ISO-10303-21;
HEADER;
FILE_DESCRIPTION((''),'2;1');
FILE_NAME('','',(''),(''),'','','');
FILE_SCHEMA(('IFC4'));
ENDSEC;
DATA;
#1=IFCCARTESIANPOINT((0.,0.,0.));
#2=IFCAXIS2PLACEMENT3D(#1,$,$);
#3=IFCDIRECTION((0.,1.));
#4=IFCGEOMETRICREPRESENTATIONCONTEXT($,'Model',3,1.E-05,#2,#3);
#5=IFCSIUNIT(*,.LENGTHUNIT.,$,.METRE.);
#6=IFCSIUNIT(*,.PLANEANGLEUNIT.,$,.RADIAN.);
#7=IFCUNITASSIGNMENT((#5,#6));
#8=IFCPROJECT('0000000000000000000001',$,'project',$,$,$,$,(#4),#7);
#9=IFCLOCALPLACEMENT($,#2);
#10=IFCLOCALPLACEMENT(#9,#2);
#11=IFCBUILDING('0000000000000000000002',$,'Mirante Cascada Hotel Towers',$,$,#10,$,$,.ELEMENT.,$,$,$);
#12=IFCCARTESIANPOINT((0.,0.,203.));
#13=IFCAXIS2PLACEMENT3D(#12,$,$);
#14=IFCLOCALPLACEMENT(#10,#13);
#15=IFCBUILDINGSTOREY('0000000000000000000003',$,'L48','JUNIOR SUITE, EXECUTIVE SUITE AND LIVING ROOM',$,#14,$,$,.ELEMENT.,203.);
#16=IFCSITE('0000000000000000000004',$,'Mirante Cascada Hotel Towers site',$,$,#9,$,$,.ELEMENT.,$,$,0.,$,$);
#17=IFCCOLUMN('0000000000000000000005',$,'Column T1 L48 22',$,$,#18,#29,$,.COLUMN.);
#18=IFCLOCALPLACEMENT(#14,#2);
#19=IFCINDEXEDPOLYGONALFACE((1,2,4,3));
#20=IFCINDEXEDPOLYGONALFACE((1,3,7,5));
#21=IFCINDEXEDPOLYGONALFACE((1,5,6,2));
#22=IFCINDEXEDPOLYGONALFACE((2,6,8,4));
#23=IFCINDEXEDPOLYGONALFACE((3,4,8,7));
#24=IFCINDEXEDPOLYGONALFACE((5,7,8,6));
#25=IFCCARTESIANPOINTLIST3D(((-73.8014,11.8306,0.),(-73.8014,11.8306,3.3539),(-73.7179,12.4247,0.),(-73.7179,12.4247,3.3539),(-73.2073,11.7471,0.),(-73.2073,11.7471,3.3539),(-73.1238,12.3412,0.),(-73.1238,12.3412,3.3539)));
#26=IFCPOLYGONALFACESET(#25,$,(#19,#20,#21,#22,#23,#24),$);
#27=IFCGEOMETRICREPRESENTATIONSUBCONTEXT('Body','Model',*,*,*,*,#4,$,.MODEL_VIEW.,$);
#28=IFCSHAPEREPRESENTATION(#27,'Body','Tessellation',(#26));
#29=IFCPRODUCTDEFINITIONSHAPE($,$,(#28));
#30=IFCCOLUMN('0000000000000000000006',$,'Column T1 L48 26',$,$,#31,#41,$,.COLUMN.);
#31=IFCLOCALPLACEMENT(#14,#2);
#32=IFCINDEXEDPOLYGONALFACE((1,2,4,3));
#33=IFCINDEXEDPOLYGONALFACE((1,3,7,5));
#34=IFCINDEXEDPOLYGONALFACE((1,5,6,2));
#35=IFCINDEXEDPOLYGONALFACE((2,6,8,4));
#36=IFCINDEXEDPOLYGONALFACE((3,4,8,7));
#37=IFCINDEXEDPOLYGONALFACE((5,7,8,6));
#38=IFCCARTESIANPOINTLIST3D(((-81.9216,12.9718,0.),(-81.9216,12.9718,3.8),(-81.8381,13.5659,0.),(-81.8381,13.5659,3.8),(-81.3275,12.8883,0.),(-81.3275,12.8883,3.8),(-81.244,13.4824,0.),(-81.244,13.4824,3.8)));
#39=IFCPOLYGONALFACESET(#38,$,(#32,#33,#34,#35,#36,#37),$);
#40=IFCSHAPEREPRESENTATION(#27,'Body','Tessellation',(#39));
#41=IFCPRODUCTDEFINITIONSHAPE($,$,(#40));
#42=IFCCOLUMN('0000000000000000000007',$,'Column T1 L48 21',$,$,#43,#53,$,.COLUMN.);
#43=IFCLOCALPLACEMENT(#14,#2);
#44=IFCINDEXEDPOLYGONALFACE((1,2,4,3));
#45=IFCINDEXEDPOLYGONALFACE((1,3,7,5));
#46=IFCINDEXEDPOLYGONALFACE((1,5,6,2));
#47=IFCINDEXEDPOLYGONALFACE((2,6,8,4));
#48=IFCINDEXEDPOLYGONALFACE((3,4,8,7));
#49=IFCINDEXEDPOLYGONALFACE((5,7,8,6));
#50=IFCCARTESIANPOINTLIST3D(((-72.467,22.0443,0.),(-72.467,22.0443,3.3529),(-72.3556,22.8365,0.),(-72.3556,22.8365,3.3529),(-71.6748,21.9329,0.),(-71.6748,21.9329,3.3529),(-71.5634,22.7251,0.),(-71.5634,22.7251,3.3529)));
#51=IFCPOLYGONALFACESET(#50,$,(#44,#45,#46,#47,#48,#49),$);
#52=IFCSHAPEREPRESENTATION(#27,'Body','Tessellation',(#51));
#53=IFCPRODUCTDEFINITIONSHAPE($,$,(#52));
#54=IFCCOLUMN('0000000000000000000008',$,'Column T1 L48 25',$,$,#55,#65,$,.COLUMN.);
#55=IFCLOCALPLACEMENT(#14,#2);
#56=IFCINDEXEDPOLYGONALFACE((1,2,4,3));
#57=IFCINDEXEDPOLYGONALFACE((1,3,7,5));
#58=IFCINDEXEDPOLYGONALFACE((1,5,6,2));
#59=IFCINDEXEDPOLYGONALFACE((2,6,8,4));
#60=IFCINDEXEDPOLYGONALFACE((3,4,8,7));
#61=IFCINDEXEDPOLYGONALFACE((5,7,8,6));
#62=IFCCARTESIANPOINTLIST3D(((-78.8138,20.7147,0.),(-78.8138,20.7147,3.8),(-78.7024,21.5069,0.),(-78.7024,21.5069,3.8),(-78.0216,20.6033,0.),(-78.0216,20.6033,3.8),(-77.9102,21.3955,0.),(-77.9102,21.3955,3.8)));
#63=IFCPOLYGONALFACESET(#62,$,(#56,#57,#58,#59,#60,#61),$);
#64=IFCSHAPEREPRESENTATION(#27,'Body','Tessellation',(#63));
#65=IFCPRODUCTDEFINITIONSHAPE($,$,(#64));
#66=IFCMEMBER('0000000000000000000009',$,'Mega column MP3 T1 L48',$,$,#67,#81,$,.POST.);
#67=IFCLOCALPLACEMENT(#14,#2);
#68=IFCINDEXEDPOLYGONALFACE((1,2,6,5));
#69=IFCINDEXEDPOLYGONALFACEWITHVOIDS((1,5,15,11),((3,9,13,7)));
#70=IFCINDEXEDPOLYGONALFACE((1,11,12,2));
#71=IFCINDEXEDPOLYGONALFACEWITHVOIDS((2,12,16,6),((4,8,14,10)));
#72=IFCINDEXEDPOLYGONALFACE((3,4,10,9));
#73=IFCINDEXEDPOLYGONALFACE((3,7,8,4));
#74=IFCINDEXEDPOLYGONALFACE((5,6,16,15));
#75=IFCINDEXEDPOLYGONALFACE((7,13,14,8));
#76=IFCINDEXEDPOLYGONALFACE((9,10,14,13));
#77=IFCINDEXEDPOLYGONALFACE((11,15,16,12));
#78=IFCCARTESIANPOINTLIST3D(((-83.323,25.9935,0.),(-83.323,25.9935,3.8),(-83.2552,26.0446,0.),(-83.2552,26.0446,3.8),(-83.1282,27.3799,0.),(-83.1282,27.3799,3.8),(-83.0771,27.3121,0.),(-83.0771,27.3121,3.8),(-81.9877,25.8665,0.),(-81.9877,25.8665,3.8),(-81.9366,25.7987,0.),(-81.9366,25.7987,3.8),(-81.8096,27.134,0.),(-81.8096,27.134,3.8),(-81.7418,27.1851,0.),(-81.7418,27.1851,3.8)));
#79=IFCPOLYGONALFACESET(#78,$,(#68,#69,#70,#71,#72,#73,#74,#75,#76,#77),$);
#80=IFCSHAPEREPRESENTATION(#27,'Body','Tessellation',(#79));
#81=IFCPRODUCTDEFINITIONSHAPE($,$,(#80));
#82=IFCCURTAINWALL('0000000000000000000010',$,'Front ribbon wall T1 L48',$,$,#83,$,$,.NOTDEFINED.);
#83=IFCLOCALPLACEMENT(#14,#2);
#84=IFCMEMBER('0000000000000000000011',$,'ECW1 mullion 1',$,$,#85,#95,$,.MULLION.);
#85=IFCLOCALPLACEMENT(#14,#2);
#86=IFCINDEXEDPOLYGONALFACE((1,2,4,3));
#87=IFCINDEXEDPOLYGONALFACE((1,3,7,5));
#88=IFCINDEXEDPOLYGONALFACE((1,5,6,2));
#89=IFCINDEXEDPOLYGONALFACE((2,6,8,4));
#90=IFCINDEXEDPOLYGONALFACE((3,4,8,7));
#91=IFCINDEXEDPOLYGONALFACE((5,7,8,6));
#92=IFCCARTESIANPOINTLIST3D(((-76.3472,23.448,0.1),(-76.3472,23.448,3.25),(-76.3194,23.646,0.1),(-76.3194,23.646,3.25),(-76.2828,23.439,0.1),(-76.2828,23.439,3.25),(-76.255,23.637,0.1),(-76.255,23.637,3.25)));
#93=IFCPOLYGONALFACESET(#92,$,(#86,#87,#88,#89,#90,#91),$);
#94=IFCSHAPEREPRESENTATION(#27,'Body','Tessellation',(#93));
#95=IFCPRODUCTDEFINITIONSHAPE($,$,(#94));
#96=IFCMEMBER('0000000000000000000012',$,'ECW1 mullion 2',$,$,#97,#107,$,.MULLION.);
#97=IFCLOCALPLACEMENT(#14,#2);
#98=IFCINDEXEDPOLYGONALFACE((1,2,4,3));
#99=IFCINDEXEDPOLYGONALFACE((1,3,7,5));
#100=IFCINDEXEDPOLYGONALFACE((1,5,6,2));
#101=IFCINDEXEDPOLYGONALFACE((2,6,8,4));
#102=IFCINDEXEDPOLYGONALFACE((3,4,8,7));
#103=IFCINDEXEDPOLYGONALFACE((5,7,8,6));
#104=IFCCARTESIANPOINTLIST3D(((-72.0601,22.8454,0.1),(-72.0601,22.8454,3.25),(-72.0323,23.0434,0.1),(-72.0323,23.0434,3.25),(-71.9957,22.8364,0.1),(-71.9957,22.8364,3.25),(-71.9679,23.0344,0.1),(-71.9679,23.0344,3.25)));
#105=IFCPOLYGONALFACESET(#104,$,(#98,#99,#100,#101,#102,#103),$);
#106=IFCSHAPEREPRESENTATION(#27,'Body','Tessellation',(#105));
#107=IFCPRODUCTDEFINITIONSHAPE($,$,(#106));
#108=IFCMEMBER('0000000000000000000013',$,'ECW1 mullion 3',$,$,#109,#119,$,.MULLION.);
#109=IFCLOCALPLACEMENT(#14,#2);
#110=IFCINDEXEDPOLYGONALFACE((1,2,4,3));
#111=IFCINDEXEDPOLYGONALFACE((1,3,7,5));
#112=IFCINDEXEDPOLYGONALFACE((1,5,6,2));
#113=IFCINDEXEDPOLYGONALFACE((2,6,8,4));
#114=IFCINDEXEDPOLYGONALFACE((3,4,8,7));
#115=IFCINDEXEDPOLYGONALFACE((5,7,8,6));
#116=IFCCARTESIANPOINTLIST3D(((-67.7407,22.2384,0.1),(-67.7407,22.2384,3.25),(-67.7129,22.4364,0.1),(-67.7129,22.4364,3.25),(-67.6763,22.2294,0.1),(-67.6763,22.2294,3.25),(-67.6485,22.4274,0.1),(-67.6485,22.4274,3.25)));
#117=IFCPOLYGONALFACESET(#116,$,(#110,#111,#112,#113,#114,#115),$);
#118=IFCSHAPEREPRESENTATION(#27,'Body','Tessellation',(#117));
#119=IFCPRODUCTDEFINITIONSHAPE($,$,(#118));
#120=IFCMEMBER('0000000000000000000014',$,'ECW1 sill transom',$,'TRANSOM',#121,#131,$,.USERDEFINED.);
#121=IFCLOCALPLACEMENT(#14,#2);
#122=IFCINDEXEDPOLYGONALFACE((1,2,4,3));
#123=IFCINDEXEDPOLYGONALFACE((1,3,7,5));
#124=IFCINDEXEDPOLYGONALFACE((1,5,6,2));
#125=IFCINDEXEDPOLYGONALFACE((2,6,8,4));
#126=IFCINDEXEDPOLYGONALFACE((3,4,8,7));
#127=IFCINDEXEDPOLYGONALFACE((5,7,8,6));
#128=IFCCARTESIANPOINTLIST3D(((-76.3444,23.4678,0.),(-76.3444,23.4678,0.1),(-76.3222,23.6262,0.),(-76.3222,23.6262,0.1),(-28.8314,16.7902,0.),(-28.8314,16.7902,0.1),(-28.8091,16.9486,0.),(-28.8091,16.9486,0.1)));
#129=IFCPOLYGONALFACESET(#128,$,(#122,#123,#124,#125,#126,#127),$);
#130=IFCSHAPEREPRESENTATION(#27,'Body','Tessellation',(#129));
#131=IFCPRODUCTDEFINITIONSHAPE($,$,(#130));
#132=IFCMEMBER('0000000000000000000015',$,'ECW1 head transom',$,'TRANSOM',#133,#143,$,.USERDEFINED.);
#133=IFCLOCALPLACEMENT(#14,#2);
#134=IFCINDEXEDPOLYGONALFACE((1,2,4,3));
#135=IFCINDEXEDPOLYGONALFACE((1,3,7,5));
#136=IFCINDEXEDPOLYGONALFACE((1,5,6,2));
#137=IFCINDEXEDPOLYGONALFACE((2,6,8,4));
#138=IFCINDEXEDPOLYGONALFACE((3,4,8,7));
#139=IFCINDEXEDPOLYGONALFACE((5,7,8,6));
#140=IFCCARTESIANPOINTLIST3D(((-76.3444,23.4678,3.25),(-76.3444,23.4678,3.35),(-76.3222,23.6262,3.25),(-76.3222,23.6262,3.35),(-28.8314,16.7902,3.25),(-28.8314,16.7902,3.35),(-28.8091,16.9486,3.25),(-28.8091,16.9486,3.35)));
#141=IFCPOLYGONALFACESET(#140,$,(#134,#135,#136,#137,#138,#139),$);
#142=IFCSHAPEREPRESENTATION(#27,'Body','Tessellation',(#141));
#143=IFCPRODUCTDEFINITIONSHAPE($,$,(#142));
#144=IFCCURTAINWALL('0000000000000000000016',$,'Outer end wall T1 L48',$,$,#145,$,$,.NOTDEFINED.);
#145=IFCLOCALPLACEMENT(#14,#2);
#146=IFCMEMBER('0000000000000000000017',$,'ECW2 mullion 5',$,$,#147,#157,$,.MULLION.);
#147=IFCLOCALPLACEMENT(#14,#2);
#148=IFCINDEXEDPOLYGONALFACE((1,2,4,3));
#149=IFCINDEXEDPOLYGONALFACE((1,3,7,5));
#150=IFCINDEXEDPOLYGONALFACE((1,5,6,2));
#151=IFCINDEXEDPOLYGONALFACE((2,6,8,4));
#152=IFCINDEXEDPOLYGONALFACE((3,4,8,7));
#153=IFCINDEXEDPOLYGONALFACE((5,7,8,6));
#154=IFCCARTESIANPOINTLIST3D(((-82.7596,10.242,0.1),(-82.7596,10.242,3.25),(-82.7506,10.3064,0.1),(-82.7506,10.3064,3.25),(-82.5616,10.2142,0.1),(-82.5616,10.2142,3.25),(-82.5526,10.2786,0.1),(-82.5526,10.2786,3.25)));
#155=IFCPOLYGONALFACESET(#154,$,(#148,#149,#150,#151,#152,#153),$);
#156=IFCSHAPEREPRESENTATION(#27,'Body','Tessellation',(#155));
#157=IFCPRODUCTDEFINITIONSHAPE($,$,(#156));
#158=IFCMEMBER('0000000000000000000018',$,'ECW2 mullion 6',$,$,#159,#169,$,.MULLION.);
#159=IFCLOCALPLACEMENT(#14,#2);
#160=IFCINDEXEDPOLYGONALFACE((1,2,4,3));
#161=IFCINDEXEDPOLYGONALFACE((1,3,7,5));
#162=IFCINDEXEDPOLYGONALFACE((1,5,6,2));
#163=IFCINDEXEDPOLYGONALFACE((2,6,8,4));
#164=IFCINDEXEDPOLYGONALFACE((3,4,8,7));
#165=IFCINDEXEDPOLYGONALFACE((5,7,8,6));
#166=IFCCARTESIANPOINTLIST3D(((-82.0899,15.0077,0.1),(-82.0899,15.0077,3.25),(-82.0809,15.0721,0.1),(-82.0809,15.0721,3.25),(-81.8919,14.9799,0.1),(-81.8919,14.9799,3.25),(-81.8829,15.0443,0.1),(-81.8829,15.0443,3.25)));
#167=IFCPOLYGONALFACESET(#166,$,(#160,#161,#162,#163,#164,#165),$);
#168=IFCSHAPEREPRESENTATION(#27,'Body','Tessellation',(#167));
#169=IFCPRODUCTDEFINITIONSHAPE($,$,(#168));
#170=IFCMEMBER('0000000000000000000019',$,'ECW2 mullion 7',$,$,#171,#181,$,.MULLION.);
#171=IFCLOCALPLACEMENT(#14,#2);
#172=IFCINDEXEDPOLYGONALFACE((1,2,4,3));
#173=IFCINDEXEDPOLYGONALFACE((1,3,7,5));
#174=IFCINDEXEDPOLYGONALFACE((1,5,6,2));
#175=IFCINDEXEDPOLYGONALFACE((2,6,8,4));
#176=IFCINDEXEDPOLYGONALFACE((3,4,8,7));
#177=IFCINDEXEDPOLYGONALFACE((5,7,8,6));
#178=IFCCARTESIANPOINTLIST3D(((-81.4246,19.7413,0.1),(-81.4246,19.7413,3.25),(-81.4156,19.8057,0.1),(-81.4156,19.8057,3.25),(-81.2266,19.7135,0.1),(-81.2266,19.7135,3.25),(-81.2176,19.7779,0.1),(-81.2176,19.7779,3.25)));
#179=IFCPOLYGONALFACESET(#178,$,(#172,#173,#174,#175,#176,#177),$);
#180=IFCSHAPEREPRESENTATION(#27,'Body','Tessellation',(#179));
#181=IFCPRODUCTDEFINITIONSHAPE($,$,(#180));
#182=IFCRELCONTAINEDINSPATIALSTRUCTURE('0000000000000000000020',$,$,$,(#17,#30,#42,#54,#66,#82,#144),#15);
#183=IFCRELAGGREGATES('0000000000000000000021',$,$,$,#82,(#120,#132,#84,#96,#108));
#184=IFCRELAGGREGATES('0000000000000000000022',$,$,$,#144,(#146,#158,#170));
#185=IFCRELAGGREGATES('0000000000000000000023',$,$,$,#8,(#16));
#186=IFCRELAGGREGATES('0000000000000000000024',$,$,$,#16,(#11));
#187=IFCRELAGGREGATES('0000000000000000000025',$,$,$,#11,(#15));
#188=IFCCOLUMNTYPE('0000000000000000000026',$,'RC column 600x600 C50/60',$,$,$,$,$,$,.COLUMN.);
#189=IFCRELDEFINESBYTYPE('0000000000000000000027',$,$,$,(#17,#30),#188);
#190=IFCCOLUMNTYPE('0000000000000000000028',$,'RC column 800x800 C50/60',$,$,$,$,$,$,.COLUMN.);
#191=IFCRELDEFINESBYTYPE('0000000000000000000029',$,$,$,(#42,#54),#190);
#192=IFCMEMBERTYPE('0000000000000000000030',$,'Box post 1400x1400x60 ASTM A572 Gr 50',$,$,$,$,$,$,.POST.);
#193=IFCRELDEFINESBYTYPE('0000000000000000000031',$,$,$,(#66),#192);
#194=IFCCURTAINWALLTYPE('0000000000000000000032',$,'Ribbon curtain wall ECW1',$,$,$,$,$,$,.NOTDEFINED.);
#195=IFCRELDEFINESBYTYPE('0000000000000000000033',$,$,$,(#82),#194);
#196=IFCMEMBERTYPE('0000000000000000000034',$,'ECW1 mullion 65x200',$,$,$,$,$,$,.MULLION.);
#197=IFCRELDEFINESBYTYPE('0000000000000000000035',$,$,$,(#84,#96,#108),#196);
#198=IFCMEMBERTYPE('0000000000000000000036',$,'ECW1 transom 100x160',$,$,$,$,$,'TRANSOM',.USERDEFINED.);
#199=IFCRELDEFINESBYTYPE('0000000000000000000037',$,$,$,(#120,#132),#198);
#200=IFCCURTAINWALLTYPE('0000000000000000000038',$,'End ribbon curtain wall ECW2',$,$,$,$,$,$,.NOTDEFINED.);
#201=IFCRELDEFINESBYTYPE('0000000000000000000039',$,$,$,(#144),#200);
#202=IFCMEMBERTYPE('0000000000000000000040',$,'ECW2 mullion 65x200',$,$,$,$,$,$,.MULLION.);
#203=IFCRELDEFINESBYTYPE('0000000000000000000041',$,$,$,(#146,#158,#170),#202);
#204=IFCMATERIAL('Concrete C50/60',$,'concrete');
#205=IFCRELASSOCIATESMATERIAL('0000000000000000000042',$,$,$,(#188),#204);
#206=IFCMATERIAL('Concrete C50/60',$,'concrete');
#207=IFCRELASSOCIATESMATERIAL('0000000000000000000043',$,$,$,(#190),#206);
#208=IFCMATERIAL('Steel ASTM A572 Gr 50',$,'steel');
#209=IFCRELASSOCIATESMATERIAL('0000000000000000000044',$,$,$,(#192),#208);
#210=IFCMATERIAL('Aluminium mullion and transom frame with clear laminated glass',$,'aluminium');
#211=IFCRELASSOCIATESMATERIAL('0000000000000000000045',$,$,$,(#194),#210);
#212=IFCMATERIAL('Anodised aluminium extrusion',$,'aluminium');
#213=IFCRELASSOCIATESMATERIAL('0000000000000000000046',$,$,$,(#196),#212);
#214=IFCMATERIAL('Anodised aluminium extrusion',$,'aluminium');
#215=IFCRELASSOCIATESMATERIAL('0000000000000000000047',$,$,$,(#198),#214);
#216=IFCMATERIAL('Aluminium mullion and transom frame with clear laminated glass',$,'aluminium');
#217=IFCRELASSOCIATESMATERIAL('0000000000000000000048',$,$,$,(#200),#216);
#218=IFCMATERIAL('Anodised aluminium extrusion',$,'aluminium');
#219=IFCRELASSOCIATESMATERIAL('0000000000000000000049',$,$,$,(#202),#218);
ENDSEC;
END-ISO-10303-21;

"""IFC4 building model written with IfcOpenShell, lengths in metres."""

from ifc_helpers import new_model, si_unit, direction, frame, origin, origin_2d, place, context, subcontext, project, spatial, rectangle, hollow_rectangle, extrude, material, material_profile, profile_set, type_object, element, aggregate, save


model = new_model("IFC4")

# Units and contexts
model_context = context("Model", 3, precision=1e-05, world=origin(), true_north=direction((0.0, 1.0)))
body_context = subcontext(model_context, "Body", "Model", "MODEL_VIEW")
ifc_project = project(units=[si_unit("LENGTHUNIT", "METRE"), si_unit("PLANEANGLEUNIT", "RADIAN")], contexts=[model_context])

# Site, building, storey
site_placement = place(None, origin())
site = spatial("IfcSite", under=ifc_project, at=site_placement, Name="Mirante Cascada Hotel Towers site", CompositionType="ELEMENT", RefElevation=0.0)
building_placement = place(site_placement, origin())
building = spatial("IfcBuilding", under=site, at=building_placement, Name="Mirante Cascada Hotel Towers", CompositionType="ELEMENT")
storey_placement = place(building_placement, frame((0.0, 0.0, 203.0)))
storey = spatial("IfcBuildingStorey", under=building, at=storey_placement, Name="L48", Description="JUNIOR SUITE, EXECUTIVE SUITE AND LIVING ROOM", CompositionType="ELEMENT", Elevation=203.0)

# Columns
ifc_material_1 = material(Name="Concrete C50/60", Category="concrete")
ifc_material_profile_1 = material_profile(ifc_material_1, rectangle(XDim=0.6, YDim=0.6, at=origin_2d()), Name="RC column 600x600 C50/60")
ifc_profile_set_1 = profile_set([ifc_material_profile_1], Name="Concrete C50/60")
column_type_1 = type_object("IfcColumnType", Name="RC column 600x600 C50/60", PredefinedType="COLUMN", material=ifc_profile_set_1)
column_1_placement = place(storey_placement, frame((-73.4626, 12.0859, 0.0), z_axis=(0.0, 0.0, 1.0), x_axis=(-0.990268, 0.139173, 0.0)))
element("IfcColumn", 1, at=column_1_placement, inside=storey, type_object=column_type_1, Name="Column T1 L48 22", PredefinedType="COLUMN", context=body_context, shape_type="SweptSolid", body=[
    extrude(rectangle(XDim=0.6, YDim=0.6, at=origin_2d()), origin(), (0.0, 0.0, 1.0), 3.3539),
])
column_2_placement = place(storey_placement, frame((-81.5828, 13.2271, 0.0), z_axis=(0.0, 0.0, 1.0), x_axis=(-0.990268, 0.139173, 0.0)))
element("IfcColumn", 2, at=column_2_placement, inside=storey, type_object=column_type_1, Name="Column T1 L48 26", PredefinedType="COLUMN", context=body_context, shape_type="SweptSolid", body=[
    extrude(rectangle(XDim=0.6, YDim=0.6, at=origin_2d()), origin(), (0.0, 0.0, 1.0), 3.8),
])
ifc_material_2 = material(Name="Concrete C50/60", Category="concrete")
ifc_material_profile_2 = material_profile(ifc_material_2, rectangle(XDim=0.8, YDim=0.8, at=origin_2d()), Name="RC column 800x800 C50/60")
ifc_profile_set_2 = profile_set([ifc_material_profile_2], Name="Concrete C50/60")
column_type_2 = type_object("IfcColumnType", Name="RC column 800x800 C50/60", PredefinedType="COLUMN", material=ifc_profile_set_2)
column_3_placement = place(storey_placement, frame((-72.0152, 22.3847, 0.0), z_axis=(0.0, 0.0, 1.0), x_axis=(-0.990268, 0.139173, 0.0)))
element("IfcColumn", 3, at=column_3_placement, inside=storey, type_object=column_type_2, Name="Column T1 L48 21", PredefinedType="COLUMN", context=body_context, shape_type="SweptSolid", body=[
    extrude(rectangle(XDim=0.8, YDim=0.8, at=origin_2d()), origin(), (0.0, 0.0, 1.0), 3.3529),
])
column_4_placement = place(storey_placement, frame((-78.362, 21.0551, 0.0), z_axis=(0.0, 0.0, 1.0), x_axis=(-0.990268, 0.139173, 0.0)))
element("IfcColumn", 4, at=column_4_placement, inside=storey, type_object=column_type_2, Name="Column T1 L48 25", PredefinedType="COLUMN", context=body_context, shape_type="SweptSolid", body=[
    extrude(rectangle(XDim=0.8, YDim=0.8, at=origin_2d()), origin(), (0.0, 0.0, 1.0), 3.8),
])

# Member
ifc_material_3 = material(Name="Steel ASTM A572 Gr 50", Category="steel")
ifc_material_profile_3 = material_profile(ifc_material_3, hollow_rectangle(XDim=1.4, YDim=1.4, WallThickness=0.06, at=origin_2d()), Name="Box post 1400x1400x60 ASTM A572 Gr 50")
ifc_profile_set_3 = profile_set([ifc_material_profile_3], Name="Steel ASTM A572 Gr 50")
member_type_1 = type_object("IfcMemberType", Name="Box post 1400x1400x60 ASTM A572 Gr 50", PredefinedType="POST", material=ifc_profile_set_3)
member_1_placement = place(storey_placement, frame((-82.5324, 26.5893, 0.0), z_axis=(0.0, 0.0, 1.0), x_axis=(-0.990268, 0.139173, 0.0)))
element("IfcMember", 5, at=member_1_placement, inside=storey, type_object=member_type_1, Name="Mega column MP3 T1 L48", PredefinedType="POST", context=body_context, shape_type="SweptSolid", body=[
    extrude(hollow_rectangle(XDim=1.4, YDim=1.4, WallThickness=0.06, at=origin_2d()), origin(), (0.0, 0.0, 1.0), 3.8),
])

# Curtain walls, members
ifc_material_4 = material(Name="Aluminium mullion and transom frame with clear laminated glass", Category="aluminium")
curtain_wall_type_1 = type_object("IfcCurtainWallType", Name="Ribbon curtain wall ECW1", PredefinedType="NOTDEFINED", material=ifc_material_4)
curtain_wall_1_placement = place(storey_placement, origin())
curtain_wall_1 = element("IfcCurtainWall", 6, at=curtain_wall_1_placement, inside=storey, type_object=curtain_wall_type_1, Name="Front ribbon wall T1 L48", PredefinedType="NOTDEFINED")
ifc_material_5 = material(Name="Anodised aluminium extrusion", Category="aluminium")
ifc_material_profile_4 = material_profile(ifc_material_5, rectangle(XDim=0.2, YDim=0.065, at=origin_2d()), Name="ECW1 MULLION 65x200")
ifc_profile_set_4 = profile_set([ifc_material_profile_4], Name="Anodised aluminium extrusion")
member_type_2 = type_object("IfcMemberType", Name="ECW1 mullion 65x200", PredefinedType="MULLION", material=ifc_profile_set_4)
member_2_placement = place(storey_placement, frame((-76.3011, 23.5425, 0.1), z_axis=(0.0, 0.0, 1.0), x_axis=(0.139173, 0.990268, 0.0)))
member_2 = element("IfcMember", 7, at=member_2_placement, type_object=member_type_2, Name="ECW1 mullion 1", PredefinedType="MULLION", context=body_context, shape_type="SweptSolid", body=[
    extrude(rectangle(XDim=0.2, YDim=0.065, at=origin_2d()), origin(), (0.0, 0.0, 1.0), 3.15),
])
member_3_placement = place(storey_placement, frame((-72.014, 22.9399, 0.1), z_axis=(0.0, 0.0, 1.0), x_axis=(0.139173, 0.990268, 0.0)))
member_3 = element("IfcMember", 8, at=member_3_placement, type_object=member_type_2, Name="ECW1 mullion 2", PredefinedType="MULLION", context=body_context, shape_type="SweptSolid", body=[
    extrude(rectangle(XDim=0.2, YDim=0.065, at=origin_2d()), origin(), (0.0, 0.0, 1.0), 3.15),
])
member_4_placement = place(storey_placement, frame((-67.6946, 22.3329, 0.1), z_axis=(0.0, 0.0, 1.0), x_axis=(0.139173, 0.990268, 0.0)))
member_4 = element("IfcMember", 9, at=member_4_placement, type_object=member_type_2, Name="ECW1 mullion 3", PredefinedType="MULLION", context=body_context, shape_type="SweptSolid", body=[
    extrude(rectangle(XDim=0.2, YDim=0.065, at=origin_2d()), origin(), (0.0, 0.0, 1.0), 3.15),
])
ifc_material_6 = material(Name="Anodised aluminium extrusion", Category="aluminium")
ifc_material_profile_5 = material_profile(ifc_material_6, rectangle(XDim=0.16, YDim=0.1, at=origin_2d()), Name="ECW1 TRANSOM 100x160")
ifc_profile_set_5 = profile_set([ifc_material_profile_5], Name="Anodised aluminium extrusion")
member_type_3 = type_object("IfcMemberType", Name="ECW1 transom 100x160", ElementType="TRANSOM", PredefinedType="USERDEFINED", material=ifc_profile_set_5)
member_5_placement = place(storey_placement, frame((-76.3333, 23.547, 0.05), z_axis=(0.990268, -0.139175, 0.0), x_axis=(0.139175, 0.990268, 0.0)))
member_5 = element("IfcMember", 10, at=member_5_placement, type_object=member_type_3, Name="ECW1 sill transom", ObjectType="TRANSOM", PredefinedType="USERDEFINED", context=body_context, shape_type="SweptSolid", body=[
    extrude(rectangle(XDim=0.16, YDim=0.1, at=origin_2d()), origin(), (0.0, 0.0, 1.0), 47.98),
])
member_6_placement = place(storey_placement, frame((-76.3333, 23.547, 3.3), z_axis=(0.990268, -0.139175, 0.0), x_axis=(0.139175, 0.990268, 0.0)))
member_6 = element("IfcMember", 11, at=member_6_placement, type_object=member_type_3, Name="ECW1 head transom", ObjectType="TRANSOM", PredefinedType="USERDEFINED", context=body_context, shape_type="SweptSolid", body=[
    extrude(rectangle(XDim=0.16, YDim=0.1, at=origin_2d()), origin(), (0.0, 0.0, 1.0), 47.98),
])
ifc_material_7 = material(Name="Aluminium mullion and transom frame with clear laminated glass", Category="aluminium")
curtain_wall_type_2 = type_object("IfcCurtainWallType", Name="End ribbon curtain wall ECW2", PredefinedType="NOTDEFINED", material=ifc_material_7)
curtain_wall_2_placement = place(storey_placement, origin())
curtain_wall_2 = element("IfcCurtainWall", 12, at=curtain_wall_2_placement, inside=storey, type_object=curtain_wall_type_2, Name="Outer end wall T1 L48", PredefinedType="NOTDEFINED")
ifc_material_8 = material(Name="Anodised aluminium extrusion", Category="aluminium")
ifc_material_profile_6 = material_profile(ifc_material_8, rectangle(XDim=0.2, YDim=0.065, at=origin_2d()), Name="ECW2 MULLION 65x200")
ifc_profile_set_6 = profile_set([ifc_material_profile_6], Name="Anodised aluminium extrusion")
member_type_4 = type_object("IfcMemberType", Name="ECW2 mullion 65x200", PredefinedType="MULLION", material=ifc_profile_set_6)
member_7_placement = place(storey_placement, frame((-82.6561, 10.2603, 0.1), z_axis=(0.0, 0.0, 1.0), x_axis=(-0.990268, 0.139173, 0.0)))
member_7 = element("IfcMember", 13, at=member_7_placement, type_object=member_type_4, Name="ECW2 mullion 5", PredefinedType="MULLION", context=body_context, shape_type="SweptSolid", body=[
    extrude(rectangle(XDim=0.2, YDim=0.065, at=origin_2d()), origin(), (0.0, 0.0, 1.0), 3.15),
])
member_8_placement = place(storey_placement, frame((-81.9864, 15.026, 0.1), z_axis=(0.0, 0.0, 1.0), x_axis=(-0.990268, 0.139173, 0.0)))
member_8 = element("IfcMember", 14, at=member_8_placement, type_object=member_type_4, Name="ECW2 mullion 6", PredefinedType="MULLION", context=body_context, shape_type="SweptSolid", body=[
    extrude(rectangle(XDim=0.2, YDim=0.065, at=origin_2d()), origin(), (0.0, 0.0, 1.0), 3.15),
])
member_9_placement = place(storey_placement, frame((-81.3211, 19.7596, 0.1), z_axis=(0.0, 0.0, 1.0), x_axis=(-0.990268, 0.139173, 0.0)))
member_9 = element("IfcMember", 15, at=member_9_placement, type_object=member_type_4, Name="ECW2 mullion 7", PredefinedType="MULLION", context=body_context, shape_type="SweptSolid", body=[
    extrude(rectangle(XDim=0.2, YDim=0.065, at=origin_2d()), origin(), (0.0, 0.0, 1.0), 3.15),
])

aggregate(curtain_wall_1, [member_5, member_6, member_2, member_3, member_4])
aggregate(curtain_wall_2, [member_7, member_8, member_9])

save(model, "model.ifc")
